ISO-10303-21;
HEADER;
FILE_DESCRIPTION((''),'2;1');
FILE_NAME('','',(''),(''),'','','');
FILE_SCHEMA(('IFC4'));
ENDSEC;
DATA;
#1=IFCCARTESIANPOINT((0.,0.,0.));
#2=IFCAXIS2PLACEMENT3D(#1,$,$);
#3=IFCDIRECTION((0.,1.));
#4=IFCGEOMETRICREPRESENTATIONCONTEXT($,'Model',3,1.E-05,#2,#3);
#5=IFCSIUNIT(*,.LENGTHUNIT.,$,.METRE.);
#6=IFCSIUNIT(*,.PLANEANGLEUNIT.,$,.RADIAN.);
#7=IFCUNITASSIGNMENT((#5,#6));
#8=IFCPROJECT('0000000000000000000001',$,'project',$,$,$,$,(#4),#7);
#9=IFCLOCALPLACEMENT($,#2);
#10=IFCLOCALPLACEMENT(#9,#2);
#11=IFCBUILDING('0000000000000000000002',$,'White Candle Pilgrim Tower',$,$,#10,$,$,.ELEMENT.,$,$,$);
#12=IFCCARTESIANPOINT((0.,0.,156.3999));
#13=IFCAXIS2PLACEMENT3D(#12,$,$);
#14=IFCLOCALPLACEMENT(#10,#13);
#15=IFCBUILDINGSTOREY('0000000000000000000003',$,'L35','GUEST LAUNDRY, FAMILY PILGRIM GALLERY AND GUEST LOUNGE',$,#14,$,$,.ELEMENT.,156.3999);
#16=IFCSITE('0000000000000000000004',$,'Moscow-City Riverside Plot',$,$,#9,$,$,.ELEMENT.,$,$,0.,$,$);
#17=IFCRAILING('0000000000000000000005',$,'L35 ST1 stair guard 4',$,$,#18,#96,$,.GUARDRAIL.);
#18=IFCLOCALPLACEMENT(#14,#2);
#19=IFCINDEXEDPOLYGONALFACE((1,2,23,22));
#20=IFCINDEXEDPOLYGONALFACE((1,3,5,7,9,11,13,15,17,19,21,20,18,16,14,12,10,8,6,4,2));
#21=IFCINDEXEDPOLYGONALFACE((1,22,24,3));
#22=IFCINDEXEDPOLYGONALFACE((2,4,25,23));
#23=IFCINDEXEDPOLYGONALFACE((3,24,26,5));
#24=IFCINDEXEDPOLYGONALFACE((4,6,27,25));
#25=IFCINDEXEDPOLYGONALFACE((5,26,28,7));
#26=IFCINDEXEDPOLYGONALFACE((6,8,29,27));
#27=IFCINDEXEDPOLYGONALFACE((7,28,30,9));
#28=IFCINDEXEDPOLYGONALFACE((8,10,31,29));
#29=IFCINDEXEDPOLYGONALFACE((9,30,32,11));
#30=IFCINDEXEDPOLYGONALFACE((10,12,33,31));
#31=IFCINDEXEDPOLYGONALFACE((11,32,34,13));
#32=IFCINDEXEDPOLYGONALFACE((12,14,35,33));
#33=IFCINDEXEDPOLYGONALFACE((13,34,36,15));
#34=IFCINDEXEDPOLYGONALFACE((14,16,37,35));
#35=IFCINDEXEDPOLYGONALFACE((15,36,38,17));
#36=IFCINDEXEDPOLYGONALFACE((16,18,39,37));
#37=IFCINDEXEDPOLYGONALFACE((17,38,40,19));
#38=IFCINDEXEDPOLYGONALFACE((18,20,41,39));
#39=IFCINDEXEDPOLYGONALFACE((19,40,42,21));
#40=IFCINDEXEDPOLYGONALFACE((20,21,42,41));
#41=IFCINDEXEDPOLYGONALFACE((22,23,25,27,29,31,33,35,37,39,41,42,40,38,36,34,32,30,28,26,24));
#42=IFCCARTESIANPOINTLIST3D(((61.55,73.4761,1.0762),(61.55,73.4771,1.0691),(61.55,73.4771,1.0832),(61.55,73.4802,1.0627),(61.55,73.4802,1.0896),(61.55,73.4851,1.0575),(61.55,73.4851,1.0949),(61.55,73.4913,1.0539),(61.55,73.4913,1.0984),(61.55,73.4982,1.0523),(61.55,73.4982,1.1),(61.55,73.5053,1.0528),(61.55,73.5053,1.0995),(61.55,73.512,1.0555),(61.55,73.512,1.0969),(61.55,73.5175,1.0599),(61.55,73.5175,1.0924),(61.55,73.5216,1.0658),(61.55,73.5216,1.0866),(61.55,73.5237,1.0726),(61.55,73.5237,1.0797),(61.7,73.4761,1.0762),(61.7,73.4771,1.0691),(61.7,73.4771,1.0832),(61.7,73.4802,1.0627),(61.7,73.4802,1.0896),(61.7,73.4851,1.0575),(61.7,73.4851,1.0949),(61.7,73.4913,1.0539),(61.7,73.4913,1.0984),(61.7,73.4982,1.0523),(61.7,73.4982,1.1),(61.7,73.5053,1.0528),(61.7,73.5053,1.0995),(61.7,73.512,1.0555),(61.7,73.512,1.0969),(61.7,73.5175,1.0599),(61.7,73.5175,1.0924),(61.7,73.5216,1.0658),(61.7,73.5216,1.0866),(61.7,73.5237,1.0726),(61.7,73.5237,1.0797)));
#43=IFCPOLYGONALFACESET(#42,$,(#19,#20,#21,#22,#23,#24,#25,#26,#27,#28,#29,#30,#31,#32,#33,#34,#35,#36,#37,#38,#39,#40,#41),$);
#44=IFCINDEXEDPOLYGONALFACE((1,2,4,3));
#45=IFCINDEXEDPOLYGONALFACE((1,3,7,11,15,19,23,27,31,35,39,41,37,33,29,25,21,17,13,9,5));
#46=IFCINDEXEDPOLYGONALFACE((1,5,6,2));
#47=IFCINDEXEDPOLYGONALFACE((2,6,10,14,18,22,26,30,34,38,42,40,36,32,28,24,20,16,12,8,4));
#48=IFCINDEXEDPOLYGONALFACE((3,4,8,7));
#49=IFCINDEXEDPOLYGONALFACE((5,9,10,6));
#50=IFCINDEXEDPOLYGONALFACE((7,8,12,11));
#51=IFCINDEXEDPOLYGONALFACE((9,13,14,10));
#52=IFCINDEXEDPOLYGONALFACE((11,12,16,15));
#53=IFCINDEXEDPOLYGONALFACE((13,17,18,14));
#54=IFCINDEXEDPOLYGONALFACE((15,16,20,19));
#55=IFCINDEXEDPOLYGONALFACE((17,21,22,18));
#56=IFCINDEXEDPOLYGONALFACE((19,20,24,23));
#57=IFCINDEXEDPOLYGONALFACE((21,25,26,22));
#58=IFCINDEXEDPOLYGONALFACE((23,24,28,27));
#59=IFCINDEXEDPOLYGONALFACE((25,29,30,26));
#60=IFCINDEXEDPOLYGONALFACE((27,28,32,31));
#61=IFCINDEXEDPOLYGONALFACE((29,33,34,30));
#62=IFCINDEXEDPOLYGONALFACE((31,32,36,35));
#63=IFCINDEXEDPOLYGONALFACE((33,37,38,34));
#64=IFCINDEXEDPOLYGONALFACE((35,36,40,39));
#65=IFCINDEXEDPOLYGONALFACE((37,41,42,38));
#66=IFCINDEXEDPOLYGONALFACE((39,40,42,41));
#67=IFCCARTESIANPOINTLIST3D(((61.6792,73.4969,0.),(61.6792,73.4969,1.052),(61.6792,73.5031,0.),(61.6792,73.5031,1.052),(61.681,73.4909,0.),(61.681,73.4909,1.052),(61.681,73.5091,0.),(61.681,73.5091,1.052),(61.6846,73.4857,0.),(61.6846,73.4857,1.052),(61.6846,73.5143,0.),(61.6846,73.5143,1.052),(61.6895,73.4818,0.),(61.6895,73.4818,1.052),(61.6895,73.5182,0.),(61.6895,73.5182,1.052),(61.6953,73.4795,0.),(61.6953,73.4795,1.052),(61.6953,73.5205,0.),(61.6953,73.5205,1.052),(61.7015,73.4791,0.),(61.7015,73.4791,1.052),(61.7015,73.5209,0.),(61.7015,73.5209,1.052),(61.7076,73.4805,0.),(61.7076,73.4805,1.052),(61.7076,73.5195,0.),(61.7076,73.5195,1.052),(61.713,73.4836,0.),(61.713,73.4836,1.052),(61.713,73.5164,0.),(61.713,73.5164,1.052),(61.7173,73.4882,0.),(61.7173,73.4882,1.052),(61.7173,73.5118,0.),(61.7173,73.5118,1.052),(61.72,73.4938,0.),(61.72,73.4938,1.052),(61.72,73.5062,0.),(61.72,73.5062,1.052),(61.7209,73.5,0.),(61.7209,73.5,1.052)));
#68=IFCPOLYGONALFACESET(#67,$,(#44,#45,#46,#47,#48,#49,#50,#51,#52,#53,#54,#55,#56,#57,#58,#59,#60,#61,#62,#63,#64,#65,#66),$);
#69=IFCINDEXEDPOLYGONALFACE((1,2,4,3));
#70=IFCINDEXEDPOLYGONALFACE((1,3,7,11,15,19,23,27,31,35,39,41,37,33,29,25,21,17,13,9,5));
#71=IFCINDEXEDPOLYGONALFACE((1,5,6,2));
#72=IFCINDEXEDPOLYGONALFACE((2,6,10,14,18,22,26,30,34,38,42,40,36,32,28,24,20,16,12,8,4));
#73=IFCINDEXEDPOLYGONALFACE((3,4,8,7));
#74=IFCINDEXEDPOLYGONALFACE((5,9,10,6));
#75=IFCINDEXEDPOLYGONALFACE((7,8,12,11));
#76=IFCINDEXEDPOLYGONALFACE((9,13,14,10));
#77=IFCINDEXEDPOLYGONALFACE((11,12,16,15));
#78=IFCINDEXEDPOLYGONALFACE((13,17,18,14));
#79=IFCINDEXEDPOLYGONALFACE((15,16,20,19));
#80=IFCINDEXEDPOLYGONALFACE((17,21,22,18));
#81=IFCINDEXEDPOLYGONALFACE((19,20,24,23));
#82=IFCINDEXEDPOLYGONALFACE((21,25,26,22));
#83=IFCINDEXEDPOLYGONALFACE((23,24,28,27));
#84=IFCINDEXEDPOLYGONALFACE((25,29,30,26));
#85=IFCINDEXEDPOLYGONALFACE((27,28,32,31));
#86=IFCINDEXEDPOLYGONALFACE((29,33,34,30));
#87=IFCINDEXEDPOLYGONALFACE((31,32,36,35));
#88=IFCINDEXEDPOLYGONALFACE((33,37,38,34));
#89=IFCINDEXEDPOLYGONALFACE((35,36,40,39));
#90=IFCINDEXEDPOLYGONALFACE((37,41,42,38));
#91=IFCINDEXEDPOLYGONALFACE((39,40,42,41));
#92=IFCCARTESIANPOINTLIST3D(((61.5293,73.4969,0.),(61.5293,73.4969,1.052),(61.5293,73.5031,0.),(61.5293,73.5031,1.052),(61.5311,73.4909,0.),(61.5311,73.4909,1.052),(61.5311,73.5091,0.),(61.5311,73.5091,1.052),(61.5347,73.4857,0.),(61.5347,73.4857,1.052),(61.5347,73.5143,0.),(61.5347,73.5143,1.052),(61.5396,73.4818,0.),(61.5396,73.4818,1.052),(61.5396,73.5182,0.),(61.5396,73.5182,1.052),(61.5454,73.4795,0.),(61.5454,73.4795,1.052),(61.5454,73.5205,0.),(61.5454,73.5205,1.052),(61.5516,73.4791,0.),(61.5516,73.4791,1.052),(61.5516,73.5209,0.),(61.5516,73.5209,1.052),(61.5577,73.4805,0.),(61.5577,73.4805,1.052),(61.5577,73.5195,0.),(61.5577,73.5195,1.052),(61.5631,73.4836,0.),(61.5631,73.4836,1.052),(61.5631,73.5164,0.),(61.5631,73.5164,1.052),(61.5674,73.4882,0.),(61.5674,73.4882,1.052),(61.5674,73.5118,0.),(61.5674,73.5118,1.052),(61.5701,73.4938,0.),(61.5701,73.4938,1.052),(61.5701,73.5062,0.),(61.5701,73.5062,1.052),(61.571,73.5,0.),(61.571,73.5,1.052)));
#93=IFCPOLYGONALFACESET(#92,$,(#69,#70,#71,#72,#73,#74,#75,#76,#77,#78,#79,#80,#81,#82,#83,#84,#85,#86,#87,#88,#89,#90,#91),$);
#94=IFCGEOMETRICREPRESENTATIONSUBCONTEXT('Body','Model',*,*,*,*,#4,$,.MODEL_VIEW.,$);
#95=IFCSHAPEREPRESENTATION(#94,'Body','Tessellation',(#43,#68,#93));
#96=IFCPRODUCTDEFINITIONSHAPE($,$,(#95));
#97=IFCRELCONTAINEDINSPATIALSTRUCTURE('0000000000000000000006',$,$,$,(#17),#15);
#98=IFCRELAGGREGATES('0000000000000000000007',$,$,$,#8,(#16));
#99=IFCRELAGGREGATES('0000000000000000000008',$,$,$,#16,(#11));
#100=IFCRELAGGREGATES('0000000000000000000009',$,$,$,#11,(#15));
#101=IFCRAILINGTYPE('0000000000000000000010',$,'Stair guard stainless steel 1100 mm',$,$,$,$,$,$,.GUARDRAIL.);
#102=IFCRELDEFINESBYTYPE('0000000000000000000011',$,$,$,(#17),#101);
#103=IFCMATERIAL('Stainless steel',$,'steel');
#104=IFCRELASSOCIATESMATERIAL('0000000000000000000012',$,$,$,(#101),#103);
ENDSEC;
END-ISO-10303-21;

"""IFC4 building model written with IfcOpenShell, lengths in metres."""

from ifc_helpers import new_model, si_unit, direction, frame, origin, origin_2d, place, context, subcontext, project, spatial, circle, extrude, material, type_object, element, save


model = new_model("IFC4")

# Units and contexts
model_context = context("Model", 3, precision=1e-05, world=origin(), true_north=direction((0.0, 1.0)))
body_context = subcontext(model_context, "Body", "Model", "MODEL_VIEW")
ifc_project = project(units=[si_unit("LENGTHUNIT", "METRE"), si_unit("PLANEANGLEUNIT", "RADIAN")], contexts=[model_context])

# Site, building, storey
site_placement = place(None, origin())
site = spatial("IfcSite", under=ifc_project, at=site_placement, Name="Moscow-City Riverside Plot", CompositionType="ELEMENT", RefElevation=0.0)
building_placement = place(site_placement, origin())
building = spatial("IfcBuilding", under=site, at=building_placement, Name="White Candle Pilgrim Tower", CompositionType="ELEMENT")
storey_placement = place(building_placement, frame((0.0, 0.0, 156.3999)))
storey = spatial("IfcBuildingStorey", under=building, at=storey_placement, Name="L35", Description="GUEST LAUNDRY, FAMILY PILGRIM GALLERY AND GUEST LOUNGE", CompositionType="ELEMENT", Elevation=156.3999)

# Railing
ifc_material_1 = material(Name="Stainless steel", Category="steel")
railing_type_1 = type_object("IfcRailingType", Name="Stair guard stainless steel 1100 mm", PredefinedType="GUARDRAIL", material=ifc_material_1)
railing_1_placement = place(storey_placement, frame((61.7, 73.5, 0.0)))
element("IfcRailing", 1, at=railing_1_placement, inside=storey, type_object=railing_type_1, Name="L35 ST1 stair guard 4", PredefinedType="GUARDRAIL", context=body_context, shape_type="SweptSolid", body=[
    extrude(circle(Radius=0.0239, at=origin_2d()), frame((0.0, 0.0, 1.0762), z_axis=(-1.0, 0.0, 0.0), x_axis=(0.0, -1.0, 0.0)), (0.0, 0.0, 1.0), 0.1499),
    extrude(circle(Radius=0.021, at=origin_2d()), origin(), (0.0, 0.0, 1.0), 1.052),
    extrude(circle(Radius=0.021, at=origin_2d()), frame((-0.1499, 0.0, 0.0)), (0.0, 0.0, 1.0), 1.052),
])

save(model, "model.ifc")
